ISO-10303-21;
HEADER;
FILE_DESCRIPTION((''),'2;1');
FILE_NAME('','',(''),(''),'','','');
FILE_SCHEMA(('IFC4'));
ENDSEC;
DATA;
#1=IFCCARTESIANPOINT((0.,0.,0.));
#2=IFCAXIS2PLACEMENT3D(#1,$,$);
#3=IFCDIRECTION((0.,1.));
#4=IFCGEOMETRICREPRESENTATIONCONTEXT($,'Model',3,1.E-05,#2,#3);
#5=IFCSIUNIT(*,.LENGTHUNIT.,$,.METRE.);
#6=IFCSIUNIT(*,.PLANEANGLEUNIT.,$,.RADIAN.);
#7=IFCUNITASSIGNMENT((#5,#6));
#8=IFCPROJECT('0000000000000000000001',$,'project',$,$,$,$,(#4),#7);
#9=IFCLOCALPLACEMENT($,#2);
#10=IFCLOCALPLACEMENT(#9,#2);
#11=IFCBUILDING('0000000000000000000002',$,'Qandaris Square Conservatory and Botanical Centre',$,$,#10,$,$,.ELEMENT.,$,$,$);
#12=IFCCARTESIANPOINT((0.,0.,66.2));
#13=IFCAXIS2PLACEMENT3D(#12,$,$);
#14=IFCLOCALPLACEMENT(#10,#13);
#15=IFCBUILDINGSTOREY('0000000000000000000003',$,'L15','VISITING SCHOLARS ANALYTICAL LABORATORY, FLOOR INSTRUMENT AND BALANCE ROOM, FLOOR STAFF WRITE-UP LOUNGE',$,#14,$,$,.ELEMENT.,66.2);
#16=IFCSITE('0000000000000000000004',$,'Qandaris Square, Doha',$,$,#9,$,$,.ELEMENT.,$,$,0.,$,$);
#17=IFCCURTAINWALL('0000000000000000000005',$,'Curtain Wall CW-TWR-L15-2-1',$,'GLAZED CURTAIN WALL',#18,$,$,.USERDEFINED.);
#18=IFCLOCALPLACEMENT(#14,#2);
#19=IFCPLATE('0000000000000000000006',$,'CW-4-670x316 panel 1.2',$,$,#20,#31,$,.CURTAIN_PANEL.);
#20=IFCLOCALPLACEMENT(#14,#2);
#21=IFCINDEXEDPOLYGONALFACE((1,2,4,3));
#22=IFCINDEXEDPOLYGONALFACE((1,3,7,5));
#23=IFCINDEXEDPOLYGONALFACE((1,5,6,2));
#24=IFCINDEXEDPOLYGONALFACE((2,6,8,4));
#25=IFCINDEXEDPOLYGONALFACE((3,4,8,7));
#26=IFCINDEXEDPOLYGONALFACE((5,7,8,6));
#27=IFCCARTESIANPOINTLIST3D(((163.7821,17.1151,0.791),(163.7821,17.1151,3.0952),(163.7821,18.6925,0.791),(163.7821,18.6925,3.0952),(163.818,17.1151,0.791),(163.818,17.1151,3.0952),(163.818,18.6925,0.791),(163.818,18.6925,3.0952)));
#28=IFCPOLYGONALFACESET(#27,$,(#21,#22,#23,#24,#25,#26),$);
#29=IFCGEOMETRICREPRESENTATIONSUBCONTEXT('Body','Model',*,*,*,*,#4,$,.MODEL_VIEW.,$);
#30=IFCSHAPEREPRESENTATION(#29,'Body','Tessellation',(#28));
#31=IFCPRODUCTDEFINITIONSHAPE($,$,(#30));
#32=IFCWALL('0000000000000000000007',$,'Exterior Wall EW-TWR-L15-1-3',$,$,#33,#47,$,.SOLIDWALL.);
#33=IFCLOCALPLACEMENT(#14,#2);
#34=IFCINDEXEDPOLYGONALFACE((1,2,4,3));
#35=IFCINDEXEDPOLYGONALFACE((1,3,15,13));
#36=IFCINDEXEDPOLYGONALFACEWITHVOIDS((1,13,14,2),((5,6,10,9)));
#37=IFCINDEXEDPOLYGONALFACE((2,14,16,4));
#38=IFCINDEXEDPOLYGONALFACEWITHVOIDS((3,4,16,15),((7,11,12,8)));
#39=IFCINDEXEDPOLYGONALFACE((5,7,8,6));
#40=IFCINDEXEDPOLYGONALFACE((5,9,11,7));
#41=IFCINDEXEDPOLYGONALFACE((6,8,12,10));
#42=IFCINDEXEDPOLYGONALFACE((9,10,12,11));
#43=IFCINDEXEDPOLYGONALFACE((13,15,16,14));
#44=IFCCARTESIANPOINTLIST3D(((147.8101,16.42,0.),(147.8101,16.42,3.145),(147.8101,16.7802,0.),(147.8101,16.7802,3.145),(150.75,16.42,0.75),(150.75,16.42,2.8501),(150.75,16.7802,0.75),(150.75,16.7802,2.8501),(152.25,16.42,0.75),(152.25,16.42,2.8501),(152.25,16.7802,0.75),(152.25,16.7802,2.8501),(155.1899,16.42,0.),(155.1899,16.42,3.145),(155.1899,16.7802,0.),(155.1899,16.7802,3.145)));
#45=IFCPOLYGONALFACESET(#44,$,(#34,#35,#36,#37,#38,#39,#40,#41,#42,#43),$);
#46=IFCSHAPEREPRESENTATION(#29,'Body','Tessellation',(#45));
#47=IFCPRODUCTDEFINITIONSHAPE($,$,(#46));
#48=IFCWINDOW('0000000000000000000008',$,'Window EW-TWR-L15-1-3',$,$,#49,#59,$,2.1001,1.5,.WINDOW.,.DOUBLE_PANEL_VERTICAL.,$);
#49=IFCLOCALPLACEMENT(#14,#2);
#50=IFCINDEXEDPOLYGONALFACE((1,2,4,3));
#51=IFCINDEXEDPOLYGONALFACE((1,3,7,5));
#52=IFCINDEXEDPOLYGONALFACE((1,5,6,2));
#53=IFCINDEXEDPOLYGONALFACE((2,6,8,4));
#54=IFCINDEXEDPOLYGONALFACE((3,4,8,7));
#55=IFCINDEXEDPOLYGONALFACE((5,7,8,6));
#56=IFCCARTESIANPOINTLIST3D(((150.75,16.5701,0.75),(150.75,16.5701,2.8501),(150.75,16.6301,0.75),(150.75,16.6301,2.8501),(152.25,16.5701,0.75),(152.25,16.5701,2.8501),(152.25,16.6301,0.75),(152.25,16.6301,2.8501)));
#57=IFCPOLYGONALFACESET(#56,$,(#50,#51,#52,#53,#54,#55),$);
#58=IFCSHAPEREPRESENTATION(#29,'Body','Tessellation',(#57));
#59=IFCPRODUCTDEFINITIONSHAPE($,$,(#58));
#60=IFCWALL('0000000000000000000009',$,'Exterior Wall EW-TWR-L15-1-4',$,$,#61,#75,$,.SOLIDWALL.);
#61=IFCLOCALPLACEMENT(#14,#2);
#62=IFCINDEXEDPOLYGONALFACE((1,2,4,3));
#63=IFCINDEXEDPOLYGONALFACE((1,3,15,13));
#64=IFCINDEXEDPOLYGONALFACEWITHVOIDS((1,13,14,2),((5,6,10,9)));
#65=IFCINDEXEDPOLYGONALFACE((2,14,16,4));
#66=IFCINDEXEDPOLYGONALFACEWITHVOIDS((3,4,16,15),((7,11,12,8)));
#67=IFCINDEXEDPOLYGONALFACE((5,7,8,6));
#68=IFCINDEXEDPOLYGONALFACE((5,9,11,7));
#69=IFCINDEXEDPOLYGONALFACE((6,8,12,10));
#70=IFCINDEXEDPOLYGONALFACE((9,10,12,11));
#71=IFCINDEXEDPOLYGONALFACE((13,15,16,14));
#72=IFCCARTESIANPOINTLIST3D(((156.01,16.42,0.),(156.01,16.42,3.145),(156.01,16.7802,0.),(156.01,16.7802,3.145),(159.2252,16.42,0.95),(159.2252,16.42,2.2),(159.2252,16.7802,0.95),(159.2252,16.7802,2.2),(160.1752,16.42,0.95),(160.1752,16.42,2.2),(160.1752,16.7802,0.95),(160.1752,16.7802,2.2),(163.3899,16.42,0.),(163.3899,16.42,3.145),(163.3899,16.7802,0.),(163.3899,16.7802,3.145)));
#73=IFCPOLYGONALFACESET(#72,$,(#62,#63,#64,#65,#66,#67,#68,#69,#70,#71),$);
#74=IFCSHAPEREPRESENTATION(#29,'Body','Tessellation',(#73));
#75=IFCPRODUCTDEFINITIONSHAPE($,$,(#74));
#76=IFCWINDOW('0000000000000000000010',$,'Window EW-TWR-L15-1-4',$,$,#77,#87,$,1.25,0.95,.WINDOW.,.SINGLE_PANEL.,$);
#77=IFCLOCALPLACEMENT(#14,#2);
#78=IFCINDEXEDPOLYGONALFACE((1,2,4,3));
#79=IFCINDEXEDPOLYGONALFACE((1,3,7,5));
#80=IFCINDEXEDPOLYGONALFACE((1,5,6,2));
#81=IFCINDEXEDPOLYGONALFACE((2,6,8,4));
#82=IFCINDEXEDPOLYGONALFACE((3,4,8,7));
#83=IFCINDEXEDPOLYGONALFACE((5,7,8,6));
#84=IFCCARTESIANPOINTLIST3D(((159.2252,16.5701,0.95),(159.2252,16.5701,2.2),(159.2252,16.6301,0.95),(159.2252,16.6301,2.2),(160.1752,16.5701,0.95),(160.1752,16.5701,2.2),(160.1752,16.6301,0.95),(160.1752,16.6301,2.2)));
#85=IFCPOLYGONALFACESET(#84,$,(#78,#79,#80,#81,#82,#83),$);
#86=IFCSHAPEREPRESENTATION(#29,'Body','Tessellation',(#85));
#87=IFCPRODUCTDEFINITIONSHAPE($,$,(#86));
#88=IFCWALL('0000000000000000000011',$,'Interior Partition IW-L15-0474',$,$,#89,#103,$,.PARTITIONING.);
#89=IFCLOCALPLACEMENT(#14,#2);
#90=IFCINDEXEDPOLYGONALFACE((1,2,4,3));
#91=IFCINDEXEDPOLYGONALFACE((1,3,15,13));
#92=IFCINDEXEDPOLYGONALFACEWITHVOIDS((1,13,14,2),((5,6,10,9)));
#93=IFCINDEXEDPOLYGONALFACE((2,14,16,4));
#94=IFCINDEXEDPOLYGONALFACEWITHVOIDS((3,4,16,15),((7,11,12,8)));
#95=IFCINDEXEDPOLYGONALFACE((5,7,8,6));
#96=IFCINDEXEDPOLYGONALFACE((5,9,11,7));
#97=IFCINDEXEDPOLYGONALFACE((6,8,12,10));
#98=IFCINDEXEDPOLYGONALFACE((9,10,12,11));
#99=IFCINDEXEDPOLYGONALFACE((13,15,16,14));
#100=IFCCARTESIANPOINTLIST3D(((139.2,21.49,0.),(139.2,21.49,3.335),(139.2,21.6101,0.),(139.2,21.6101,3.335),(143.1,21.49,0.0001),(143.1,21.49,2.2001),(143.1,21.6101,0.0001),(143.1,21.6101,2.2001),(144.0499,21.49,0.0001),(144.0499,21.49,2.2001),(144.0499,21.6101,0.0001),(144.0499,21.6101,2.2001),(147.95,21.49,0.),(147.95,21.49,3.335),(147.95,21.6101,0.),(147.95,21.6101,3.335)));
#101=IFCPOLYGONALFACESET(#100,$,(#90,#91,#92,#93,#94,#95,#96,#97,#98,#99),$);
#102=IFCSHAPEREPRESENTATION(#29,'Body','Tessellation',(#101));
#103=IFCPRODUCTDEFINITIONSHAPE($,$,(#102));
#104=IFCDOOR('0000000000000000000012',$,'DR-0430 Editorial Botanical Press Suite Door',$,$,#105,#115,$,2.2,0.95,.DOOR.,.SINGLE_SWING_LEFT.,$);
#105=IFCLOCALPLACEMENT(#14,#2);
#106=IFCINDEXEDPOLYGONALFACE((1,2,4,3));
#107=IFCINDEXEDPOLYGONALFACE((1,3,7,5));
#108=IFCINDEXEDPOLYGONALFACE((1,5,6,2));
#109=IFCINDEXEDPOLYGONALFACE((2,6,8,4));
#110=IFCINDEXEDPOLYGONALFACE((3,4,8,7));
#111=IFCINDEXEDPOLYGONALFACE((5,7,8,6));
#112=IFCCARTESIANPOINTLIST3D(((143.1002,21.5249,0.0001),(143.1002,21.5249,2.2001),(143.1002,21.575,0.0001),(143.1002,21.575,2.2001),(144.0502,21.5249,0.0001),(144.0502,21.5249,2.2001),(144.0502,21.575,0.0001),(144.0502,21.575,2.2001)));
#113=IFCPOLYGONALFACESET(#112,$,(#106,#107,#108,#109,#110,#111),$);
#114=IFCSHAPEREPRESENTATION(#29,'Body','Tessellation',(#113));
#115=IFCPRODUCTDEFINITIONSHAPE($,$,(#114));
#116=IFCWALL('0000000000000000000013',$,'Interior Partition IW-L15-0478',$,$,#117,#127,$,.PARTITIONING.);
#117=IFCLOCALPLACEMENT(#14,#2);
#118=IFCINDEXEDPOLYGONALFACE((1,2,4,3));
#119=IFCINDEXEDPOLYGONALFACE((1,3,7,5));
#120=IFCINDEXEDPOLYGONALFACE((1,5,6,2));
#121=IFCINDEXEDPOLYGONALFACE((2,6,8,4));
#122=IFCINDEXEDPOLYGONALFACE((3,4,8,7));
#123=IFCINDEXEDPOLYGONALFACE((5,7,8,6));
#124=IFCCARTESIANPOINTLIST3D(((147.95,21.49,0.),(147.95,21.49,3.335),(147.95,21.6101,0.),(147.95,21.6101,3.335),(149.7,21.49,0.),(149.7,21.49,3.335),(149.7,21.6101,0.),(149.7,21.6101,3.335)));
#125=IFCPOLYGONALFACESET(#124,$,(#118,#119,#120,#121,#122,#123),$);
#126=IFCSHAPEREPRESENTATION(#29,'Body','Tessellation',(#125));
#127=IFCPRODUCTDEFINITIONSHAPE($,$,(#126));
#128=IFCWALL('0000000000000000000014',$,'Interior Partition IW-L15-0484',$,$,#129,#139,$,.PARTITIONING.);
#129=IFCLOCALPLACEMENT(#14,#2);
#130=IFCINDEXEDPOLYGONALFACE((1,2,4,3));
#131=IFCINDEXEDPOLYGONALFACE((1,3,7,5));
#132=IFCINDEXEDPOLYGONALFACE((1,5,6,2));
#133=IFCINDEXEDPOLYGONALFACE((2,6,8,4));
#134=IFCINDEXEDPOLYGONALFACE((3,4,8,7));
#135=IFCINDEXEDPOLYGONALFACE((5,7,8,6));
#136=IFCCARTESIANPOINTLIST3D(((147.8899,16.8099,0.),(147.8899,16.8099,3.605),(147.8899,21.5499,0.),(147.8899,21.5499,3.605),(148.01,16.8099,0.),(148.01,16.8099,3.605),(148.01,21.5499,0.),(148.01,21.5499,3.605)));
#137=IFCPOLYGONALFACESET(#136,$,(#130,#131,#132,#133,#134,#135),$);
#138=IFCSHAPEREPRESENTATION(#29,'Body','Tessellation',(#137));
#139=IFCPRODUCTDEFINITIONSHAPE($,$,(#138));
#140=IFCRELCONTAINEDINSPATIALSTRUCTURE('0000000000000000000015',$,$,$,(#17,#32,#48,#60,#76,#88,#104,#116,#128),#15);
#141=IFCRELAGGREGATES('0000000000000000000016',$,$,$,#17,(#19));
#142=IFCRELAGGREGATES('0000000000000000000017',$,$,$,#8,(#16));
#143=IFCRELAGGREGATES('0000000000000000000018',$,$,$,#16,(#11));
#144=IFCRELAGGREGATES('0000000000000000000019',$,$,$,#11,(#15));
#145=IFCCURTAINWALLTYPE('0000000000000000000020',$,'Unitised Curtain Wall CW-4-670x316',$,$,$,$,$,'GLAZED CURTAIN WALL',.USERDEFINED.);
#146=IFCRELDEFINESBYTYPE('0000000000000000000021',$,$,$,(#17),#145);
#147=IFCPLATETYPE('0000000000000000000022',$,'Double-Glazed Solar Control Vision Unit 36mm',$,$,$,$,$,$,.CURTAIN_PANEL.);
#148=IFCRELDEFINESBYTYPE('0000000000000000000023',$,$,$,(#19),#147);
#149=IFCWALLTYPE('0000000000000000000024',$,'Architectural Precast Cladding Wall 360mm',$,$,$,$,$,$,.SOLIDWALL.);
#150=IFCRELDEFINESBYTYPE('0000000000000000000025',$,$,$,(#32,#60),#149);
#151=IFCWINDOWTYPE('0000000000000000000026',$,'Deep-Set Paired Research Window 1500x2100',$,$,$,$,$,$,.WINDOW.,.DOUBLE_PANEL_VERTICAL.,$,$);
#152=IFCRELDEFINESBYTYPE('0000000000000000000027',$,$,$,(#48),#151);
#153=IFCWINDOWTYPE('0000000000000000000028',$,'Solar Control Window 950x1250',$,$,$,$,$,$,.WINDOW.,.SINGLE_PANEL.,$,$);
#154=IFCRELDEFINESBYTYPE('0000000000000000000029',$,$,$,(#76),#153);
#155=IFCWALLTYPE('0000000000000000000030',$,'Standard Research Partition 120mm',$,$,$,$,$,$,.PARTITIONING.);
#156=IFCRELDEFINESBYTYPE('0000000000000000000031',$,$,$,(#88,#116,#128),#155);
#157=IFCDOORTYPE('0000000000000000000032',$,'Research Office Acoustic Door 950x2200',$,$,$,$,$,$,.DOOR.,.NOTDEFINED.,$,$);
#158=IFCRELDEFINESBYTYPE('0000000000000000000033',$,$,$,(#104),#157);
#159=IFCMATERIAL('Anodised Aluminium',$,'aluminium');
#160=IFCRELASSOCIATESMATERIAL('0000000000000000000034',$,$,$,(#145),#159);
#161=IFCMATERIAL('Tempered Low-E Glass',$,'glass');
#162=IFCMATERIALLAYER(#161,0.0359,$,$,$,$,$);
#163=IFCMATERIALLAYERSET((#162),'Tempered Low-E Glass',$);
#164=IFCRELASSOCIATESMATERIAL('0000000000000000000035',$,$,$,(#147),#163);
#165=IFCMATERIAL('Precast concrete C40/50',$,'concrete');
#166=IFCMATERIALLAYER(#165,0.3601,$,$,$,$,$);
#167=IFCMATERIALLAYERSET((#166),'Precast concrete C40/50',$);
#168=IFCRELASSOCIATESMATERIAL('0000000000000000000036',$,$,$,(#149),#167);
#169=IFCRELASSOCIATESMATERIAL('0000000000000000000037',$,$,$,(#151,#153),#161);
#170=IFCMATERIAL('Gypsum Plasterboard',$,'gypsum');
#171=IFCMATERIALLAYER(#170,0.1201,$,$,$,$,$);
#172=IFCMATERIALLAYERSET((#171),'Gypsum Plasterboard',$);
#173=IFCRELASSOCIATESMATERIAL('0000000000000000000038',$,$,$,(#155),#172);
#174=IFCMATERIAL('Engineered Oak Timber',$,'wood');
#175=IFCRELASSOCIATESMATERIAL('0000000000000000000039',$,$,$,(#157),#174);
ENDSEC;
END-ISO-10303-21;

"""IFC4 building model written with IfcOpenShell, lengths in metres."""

from ifc_helpers import new_model, si_unit, direction, frame, frame_2d, origin, origin_2d, place, context, subcontext, project, spatial, rectangle, extrude, material, layer, layer_set, type_object, element, fill, aggregate, save


model = new_model("IFC4")

# Units and contexts
model_context = context("Model", 3, precision=1e-05, world=origin(), true_north=direction((0.0, 1.0)))
body_context = subcontext(model_context, "Body", "Model", "MODEL_VIEW")
ifc_project = project(units=[si_unit("LENGTHUNIT", "METRE"), si_unit("PLANEANGLEUNIT", "RADIAN")], contexts=[model_context])

# Site, building, storey
site_placement = place(None, origin())
site = spatial("IfcSite", under=ifc_project, at=site_placement, Name="Qandaris Square, Doha", CompositionType="ELEMENT", RefElevation=0.0)
building_placement = place(site_placement, origin())
building = spatial("IfcBuilding", under=site, at=building_placement, Name="Qandaris Square Conservatory and Botanical Centre", CompositionType="ELEMENT")
storey_placement = place(building_placement, frame((0.0, 0.0, 66.2)))
storey = spatial("IfcBuildingStorey", under=building, at=storey_placement, Name="L15", Description="VISITING SCHOLARS ANALYTICAL LABORATORY, FLOOR INSTRUMENT AND BALANCE ROOM, FLOOR STAFF WRITE-UP LOUNGE", CompositionType="ELEMENT", Elevation=66.2)

# Curtain wall
ifc_material_1 = material(Name="Anodised Aluminium", Category="aluminium")
curtain_wall_type = type_object("IfcCurtainWallType", Name="Unitised Curtain Wall CW-4-670x316", ElementType="GLAZED CURTAIN WALL", PredefinedType="USERDEFINED", material=ifc_material_1)
curtain_wall_placement = place(storey_placement, origin())
curtain_wall = element("IfcCurtainWall", 1, at=curtain_wall_placement, inside=storey, type_object=curtain_wall_type, Name="Curtain Wall CW-TWR-L15-2-1", ObjectType="GLAZED CURTAIN WALL", PredefinedType="USERDEFINED")

# Plate
ifc_material_2 = material(Name="Tempered Low-E Glass", Category="glass")
ifc_layer_1 = layer(ifc_material_2, 0.0359)
ifc_layer_set_1 = layer_set([ifc_layer_1], Name="Tempered Low-E Glass")
plate_type = type_object("IfcPlateType", Name="Double-Glazed Solar Control Vision Unit 36mm", PredefinedType="CURTAIN_PANEL", material=ifc_layer_set_1)
plate_1_placement = place(storey_placement, frame((163.8, 17.9038, 0.791), z_axis=(0.0, 0.0, 1.0), x_axis=(0.0, 1.0, 0.0)))
plate_1 = element("IfcPlate", 2, at=plate_1_placement, type_object=plate_type, Name="CW-4-670x316 panel 1.2", PredefinedType="CURTAIN_PANEL", context=body_context, shape_type="SweptSolid", body=[
    extrude(rectangle(XDim=1.5774, YDim=0.0359, at=origin_2d()), origin(), (0.0, 0.0, 1.0), 2.3042),
])
aggregate(curtain_wall, [plate_1])

# Walls, openings, windows
ifc_material_3 = material(Name="Precast concrete C40/50", Category="concrete")
ifc_layer_2 = layer(ifc_material_3, 0.3601)
ifc_layer_set_2 = layer_set([ifc_layer_2], Name="Precast concrete C40/50")
wall_type_1 = type_object("IfcWallType", Name="Architectural Precast Cladding Wall 360mm", PredefinedType="SOLIDWALL", material=ifc_layer_set_2)
wall_1_placement = place(storey_placement, frame((147.8101, 16.6001, 0.0), z_axis=(0.0, 0.0, 1.0), x_axis=(1.0, 0.0, 0.0)))
wall_1 = element("IfcWall", 3, at=wall_1_placement, inside=storey, type_object=wall_type_1, Name="Exterior Wall EW-TWR-L15-1-3", PredefinedType="SOLIDWALL", context=body_context, shape_type="SweptSolid", body=[
    extrude(rectangle(XDim=7.3799, YDim=0.3601, at=frame_2d((3.6899, 0.0))), origin(), (0.0, 0.0, 1.0), 3.145),
])
opening_1_placement = place(wall_1_placement, frame((2.9399, 0.0, 0.75)))
opening_1 = element("IfcOpeningElement", 4, at=opening_1_placement, cuts=wall_1, PredefinedType="OPENING", context=body_context, shape_type="SweptSolid", body=[
    extrude(rectangle(XDim=1.5, YDim=2.1001, at=frame_2d((0.75, 1.05))), frame((0.0, 0.1919, 0.0), z_axis=(0.0, -1.0, 0.0), x_axis=(1.0, 0.0, 0.0)), (0.0, 0.0, 1.0), 0.384),
])
window_type_1 = type_object("IfcWindowType", Name="Deep-Set Paired Research Window 1500x2100", PartitioningType="DOUBLE_PANEL_VERTICAL", PredefinedType="WINDOW", material=ifc_material_2)
window_1_placement = place(opening_1_placement, origin())
window_1 = element("IfcWindow", 5, at=window_1_placement, inside=storey, type_object=window_type_1, Name="Window EW-TWR-L15-1-3", OverallHeight=2.1001, OverallWidth=1.5, PartitioningType="DOUBLE_PANEL_VERTICAL", PredefinedType="WINDOW", context=body_context, shape_type="SweptSolid", body=[
    extrude(rectangle(XDim=1.5, YDim=2.1001, at=frame_2d((0.75, 1.05))), frame((0.0, 0.03, 0.0), z_axis=(0.0, -1.0, 0.0), x_axis=(1.0, 0.0, 0.0)), (0.0, 0.0, 1.0), 0.0601),
])
fill(opening_1, window_1)
wall_2_placement = place(storey_placement, frame((156.01, 16.6001, 0.0), z_axis=(0.0, 0.0, 1.0), x_axis=(1.0, 0.0, 0.0)))
wall_2 = element("IfcWall", 6, at=wall_2_placement, inside=storey, type_object=wall_type_1, Name="Exterior Wall EW-TWR-L15-1-4", PredefinedType="SOLIDWALL", context=body_context, shape_type="SweptSolid", body=[
    extrude(rectangle(XDim=7.3799, YDim=0.3601, at=frame_2d((3.6899, 0.0))), origin(), (0.0, 0.0, 1.0), 3.145),
])
opening_2_placement = place(wall_2_placement, frame((3.2151, 0.0, 0.95)))
opening_2 = element("IfcOpeningElement", 7, at=opening_2_placement, cuts=wall_2, PredefinedType="OPENING", context=body_context, shape_type="SweptSolid", body=[
    extrude(rectangle(XDim=0.95, YDim=1.25, at=frame_2d((0.4751, 0.625))), frame((0.0, 0.1919, 0.0), z_axis=(0.0, -1.0, 0.0), x_axis=(1.0, 0.0, 0.0)), (0.0, 0.0, 1.0), 0.384),
])
window_type_2 = type_object("IfcWindowType", Name="Solar Control Window 950x1250", PartitioningType="SINGLE_PANEL", PredefinedType="WINDOW", material=ifc_material_2)
window_2_placement = place(opening_2_placement, origin())
window_2 = element("IfcWindow", 8, at=window_2_placement, inside=storey, type_object=window_type_2, Name="Window EW-TWR-L15-1-4", OverallHeight=1.25, OverallWidth=0.95, PartitioningType="SINGLE_PANEL", PredefinedType="WINDOW", context=body_context, shape_type="SweptSolid", body=[
    extrude(rectangle(XDim=0.95, YDim=1.25, at=frame_2d((0.4751, 0.625))), frame((0.0, 0.03, 0.0), z_axis=(0.0, -1.0, 0.0), x_axis=(1.0, 0.0, 0.0)), (0.0, 0.0, 1.0), 0.0601),
])
fill(opening_2, window_2)

# Wall, opening, door
ifc_material_4 = material(Name="Gypsum Plasterboard", Category="gypsum")
ifc_layer_3 = layer(ifc_material_4, 0.1201)
ifc_layer_set_3 = layer_set([ifc_layer_3], Name="Gypsum Plasterboard")
wall_type_2 = type_object("IfcWallType", Name="Standard Research Partition 120mm", PredefinedType="PARTITIONING", material=ifc_layer_set_3)
wall_3_placement = place(storey_placement, frame((147.95, 21.55, 0.0), z_axis=(0.0, 0.0, 1.0), x_axis=(-1.0, 0.0, 0.0)))
wall_3 = element("IfcWall", 9, at=wall_3_placement, inside=storey, type_object=wall_type_2, Name="Interior Partition IW-L15-0474", PredefinedType="PARTITIONING", context=body_context, shape_type="SweptSolid", body=[
    extrude(rectangle(XDim=8.75, YDim=0.1201, at=frame_2d((4.375, 0.0))), origin(), (0.0, 0.0, 1.0), 3.335),
])
opening_3_placement = place(wall_3_placement, frame((3.8999, 0.0, 0.0)))
opening_3 = element("IfcOpeningElement", 10, at=opening_3_placement, cuts=wall_3, PredefinedType="OPENING", context=body_context, shape_type="SweptSolid", body=[
    extrude(rectangle(XDim=0.95, YDim=2.2, at=frame_2d((0.4751, 1.1001))), frame((0.0, 0.072, 0.0), z_axis=(0.0, -1.0, 0.0), x_axis=(1.0, 0.0, 0.0)), (0.0, 0.0, 1.0), 0.144),
])
ifc_material_5 = material(Name="Engineered Oak Timber", Category="wood")
door_type = type_object("IfcDoorType", Name="Research Office Acoustic Door 950x2200", OperationType="NOTDEFINED", PredefinedType="DOOR", material=ifc_material_5)
door_placement = place(opening_3_placement, frame((0.95, 0.0, 0.0), z_axis=(0.0, 0.0, 1.0), x_axis=(-1.0, 0.0, 0.0)))
door = element("IfcDoor", 11, at=door_placement, inside=storey, type_object=door_type, Name="DR-0430 Editorial Botanical Press Suite Door", OperationType="SINGLE_SWING_LEFT", OverallHeight=2.2, OverallWidth=0.95, PredefinedType="DOOR", context=body_context, shape_type="SweptSolid", body=[
    extrude(rectangle(XDim=0.95, YDim=2.2, at=frame_2d((0.4751, 1.1001))), frame((0.0, 0.0249, 0.0), z_axis=(0.0, -1.0, 0.0), x_axis=(1.0, 0.0, 0.0)), (0.0, 0.0, 1.0), 0.05),
])
fill(opening_3, door)

# Walls
wall_4_placement = place(storey_placement, frame((149.7, 21.55, 0.0), z_axis=(0.0, 0.0, 1.0), x_axis=(-1.0, 0.0, 0.0)))
element("IfcWall", 12, at=wall_4_placement, inside=storey, type_object=wall_type_2, Name="Interior Partition IW-L15-0478", PredefinedType="PARTITIONING", context=body_context, shape_type="SweptSolid", body=[
    extrude(rectangle(XDim=1.75, YDim=0.1201, at=frame_2d((0.875, 0.0))), origin(), (0.0, 0.0, 1.0), 3.335),
])
wall_5_placement = place(storey_placement, frame((147.95, 21.55, 0.0), z_axis=(0.0, 0.0, 1.0), x_axis=(0.0, -1.0, 0.0)))
element("IfcWall", 13, at=wall_5_placement, inside=storey, type_object=wall_type_2, Name="Interior Partition IW-L15-0484", PredefinedType="PARTITIONING", context=body_context, shape_type="SweptSolid", body=[
    extrude(rectangle(XDim=4.74, YDim=0.1201, at=frame_2d((2.3701, 0.0))), origin(), (0.0, 0.0, 1.0), 3.605),
])

save(model, "model.ifc")
